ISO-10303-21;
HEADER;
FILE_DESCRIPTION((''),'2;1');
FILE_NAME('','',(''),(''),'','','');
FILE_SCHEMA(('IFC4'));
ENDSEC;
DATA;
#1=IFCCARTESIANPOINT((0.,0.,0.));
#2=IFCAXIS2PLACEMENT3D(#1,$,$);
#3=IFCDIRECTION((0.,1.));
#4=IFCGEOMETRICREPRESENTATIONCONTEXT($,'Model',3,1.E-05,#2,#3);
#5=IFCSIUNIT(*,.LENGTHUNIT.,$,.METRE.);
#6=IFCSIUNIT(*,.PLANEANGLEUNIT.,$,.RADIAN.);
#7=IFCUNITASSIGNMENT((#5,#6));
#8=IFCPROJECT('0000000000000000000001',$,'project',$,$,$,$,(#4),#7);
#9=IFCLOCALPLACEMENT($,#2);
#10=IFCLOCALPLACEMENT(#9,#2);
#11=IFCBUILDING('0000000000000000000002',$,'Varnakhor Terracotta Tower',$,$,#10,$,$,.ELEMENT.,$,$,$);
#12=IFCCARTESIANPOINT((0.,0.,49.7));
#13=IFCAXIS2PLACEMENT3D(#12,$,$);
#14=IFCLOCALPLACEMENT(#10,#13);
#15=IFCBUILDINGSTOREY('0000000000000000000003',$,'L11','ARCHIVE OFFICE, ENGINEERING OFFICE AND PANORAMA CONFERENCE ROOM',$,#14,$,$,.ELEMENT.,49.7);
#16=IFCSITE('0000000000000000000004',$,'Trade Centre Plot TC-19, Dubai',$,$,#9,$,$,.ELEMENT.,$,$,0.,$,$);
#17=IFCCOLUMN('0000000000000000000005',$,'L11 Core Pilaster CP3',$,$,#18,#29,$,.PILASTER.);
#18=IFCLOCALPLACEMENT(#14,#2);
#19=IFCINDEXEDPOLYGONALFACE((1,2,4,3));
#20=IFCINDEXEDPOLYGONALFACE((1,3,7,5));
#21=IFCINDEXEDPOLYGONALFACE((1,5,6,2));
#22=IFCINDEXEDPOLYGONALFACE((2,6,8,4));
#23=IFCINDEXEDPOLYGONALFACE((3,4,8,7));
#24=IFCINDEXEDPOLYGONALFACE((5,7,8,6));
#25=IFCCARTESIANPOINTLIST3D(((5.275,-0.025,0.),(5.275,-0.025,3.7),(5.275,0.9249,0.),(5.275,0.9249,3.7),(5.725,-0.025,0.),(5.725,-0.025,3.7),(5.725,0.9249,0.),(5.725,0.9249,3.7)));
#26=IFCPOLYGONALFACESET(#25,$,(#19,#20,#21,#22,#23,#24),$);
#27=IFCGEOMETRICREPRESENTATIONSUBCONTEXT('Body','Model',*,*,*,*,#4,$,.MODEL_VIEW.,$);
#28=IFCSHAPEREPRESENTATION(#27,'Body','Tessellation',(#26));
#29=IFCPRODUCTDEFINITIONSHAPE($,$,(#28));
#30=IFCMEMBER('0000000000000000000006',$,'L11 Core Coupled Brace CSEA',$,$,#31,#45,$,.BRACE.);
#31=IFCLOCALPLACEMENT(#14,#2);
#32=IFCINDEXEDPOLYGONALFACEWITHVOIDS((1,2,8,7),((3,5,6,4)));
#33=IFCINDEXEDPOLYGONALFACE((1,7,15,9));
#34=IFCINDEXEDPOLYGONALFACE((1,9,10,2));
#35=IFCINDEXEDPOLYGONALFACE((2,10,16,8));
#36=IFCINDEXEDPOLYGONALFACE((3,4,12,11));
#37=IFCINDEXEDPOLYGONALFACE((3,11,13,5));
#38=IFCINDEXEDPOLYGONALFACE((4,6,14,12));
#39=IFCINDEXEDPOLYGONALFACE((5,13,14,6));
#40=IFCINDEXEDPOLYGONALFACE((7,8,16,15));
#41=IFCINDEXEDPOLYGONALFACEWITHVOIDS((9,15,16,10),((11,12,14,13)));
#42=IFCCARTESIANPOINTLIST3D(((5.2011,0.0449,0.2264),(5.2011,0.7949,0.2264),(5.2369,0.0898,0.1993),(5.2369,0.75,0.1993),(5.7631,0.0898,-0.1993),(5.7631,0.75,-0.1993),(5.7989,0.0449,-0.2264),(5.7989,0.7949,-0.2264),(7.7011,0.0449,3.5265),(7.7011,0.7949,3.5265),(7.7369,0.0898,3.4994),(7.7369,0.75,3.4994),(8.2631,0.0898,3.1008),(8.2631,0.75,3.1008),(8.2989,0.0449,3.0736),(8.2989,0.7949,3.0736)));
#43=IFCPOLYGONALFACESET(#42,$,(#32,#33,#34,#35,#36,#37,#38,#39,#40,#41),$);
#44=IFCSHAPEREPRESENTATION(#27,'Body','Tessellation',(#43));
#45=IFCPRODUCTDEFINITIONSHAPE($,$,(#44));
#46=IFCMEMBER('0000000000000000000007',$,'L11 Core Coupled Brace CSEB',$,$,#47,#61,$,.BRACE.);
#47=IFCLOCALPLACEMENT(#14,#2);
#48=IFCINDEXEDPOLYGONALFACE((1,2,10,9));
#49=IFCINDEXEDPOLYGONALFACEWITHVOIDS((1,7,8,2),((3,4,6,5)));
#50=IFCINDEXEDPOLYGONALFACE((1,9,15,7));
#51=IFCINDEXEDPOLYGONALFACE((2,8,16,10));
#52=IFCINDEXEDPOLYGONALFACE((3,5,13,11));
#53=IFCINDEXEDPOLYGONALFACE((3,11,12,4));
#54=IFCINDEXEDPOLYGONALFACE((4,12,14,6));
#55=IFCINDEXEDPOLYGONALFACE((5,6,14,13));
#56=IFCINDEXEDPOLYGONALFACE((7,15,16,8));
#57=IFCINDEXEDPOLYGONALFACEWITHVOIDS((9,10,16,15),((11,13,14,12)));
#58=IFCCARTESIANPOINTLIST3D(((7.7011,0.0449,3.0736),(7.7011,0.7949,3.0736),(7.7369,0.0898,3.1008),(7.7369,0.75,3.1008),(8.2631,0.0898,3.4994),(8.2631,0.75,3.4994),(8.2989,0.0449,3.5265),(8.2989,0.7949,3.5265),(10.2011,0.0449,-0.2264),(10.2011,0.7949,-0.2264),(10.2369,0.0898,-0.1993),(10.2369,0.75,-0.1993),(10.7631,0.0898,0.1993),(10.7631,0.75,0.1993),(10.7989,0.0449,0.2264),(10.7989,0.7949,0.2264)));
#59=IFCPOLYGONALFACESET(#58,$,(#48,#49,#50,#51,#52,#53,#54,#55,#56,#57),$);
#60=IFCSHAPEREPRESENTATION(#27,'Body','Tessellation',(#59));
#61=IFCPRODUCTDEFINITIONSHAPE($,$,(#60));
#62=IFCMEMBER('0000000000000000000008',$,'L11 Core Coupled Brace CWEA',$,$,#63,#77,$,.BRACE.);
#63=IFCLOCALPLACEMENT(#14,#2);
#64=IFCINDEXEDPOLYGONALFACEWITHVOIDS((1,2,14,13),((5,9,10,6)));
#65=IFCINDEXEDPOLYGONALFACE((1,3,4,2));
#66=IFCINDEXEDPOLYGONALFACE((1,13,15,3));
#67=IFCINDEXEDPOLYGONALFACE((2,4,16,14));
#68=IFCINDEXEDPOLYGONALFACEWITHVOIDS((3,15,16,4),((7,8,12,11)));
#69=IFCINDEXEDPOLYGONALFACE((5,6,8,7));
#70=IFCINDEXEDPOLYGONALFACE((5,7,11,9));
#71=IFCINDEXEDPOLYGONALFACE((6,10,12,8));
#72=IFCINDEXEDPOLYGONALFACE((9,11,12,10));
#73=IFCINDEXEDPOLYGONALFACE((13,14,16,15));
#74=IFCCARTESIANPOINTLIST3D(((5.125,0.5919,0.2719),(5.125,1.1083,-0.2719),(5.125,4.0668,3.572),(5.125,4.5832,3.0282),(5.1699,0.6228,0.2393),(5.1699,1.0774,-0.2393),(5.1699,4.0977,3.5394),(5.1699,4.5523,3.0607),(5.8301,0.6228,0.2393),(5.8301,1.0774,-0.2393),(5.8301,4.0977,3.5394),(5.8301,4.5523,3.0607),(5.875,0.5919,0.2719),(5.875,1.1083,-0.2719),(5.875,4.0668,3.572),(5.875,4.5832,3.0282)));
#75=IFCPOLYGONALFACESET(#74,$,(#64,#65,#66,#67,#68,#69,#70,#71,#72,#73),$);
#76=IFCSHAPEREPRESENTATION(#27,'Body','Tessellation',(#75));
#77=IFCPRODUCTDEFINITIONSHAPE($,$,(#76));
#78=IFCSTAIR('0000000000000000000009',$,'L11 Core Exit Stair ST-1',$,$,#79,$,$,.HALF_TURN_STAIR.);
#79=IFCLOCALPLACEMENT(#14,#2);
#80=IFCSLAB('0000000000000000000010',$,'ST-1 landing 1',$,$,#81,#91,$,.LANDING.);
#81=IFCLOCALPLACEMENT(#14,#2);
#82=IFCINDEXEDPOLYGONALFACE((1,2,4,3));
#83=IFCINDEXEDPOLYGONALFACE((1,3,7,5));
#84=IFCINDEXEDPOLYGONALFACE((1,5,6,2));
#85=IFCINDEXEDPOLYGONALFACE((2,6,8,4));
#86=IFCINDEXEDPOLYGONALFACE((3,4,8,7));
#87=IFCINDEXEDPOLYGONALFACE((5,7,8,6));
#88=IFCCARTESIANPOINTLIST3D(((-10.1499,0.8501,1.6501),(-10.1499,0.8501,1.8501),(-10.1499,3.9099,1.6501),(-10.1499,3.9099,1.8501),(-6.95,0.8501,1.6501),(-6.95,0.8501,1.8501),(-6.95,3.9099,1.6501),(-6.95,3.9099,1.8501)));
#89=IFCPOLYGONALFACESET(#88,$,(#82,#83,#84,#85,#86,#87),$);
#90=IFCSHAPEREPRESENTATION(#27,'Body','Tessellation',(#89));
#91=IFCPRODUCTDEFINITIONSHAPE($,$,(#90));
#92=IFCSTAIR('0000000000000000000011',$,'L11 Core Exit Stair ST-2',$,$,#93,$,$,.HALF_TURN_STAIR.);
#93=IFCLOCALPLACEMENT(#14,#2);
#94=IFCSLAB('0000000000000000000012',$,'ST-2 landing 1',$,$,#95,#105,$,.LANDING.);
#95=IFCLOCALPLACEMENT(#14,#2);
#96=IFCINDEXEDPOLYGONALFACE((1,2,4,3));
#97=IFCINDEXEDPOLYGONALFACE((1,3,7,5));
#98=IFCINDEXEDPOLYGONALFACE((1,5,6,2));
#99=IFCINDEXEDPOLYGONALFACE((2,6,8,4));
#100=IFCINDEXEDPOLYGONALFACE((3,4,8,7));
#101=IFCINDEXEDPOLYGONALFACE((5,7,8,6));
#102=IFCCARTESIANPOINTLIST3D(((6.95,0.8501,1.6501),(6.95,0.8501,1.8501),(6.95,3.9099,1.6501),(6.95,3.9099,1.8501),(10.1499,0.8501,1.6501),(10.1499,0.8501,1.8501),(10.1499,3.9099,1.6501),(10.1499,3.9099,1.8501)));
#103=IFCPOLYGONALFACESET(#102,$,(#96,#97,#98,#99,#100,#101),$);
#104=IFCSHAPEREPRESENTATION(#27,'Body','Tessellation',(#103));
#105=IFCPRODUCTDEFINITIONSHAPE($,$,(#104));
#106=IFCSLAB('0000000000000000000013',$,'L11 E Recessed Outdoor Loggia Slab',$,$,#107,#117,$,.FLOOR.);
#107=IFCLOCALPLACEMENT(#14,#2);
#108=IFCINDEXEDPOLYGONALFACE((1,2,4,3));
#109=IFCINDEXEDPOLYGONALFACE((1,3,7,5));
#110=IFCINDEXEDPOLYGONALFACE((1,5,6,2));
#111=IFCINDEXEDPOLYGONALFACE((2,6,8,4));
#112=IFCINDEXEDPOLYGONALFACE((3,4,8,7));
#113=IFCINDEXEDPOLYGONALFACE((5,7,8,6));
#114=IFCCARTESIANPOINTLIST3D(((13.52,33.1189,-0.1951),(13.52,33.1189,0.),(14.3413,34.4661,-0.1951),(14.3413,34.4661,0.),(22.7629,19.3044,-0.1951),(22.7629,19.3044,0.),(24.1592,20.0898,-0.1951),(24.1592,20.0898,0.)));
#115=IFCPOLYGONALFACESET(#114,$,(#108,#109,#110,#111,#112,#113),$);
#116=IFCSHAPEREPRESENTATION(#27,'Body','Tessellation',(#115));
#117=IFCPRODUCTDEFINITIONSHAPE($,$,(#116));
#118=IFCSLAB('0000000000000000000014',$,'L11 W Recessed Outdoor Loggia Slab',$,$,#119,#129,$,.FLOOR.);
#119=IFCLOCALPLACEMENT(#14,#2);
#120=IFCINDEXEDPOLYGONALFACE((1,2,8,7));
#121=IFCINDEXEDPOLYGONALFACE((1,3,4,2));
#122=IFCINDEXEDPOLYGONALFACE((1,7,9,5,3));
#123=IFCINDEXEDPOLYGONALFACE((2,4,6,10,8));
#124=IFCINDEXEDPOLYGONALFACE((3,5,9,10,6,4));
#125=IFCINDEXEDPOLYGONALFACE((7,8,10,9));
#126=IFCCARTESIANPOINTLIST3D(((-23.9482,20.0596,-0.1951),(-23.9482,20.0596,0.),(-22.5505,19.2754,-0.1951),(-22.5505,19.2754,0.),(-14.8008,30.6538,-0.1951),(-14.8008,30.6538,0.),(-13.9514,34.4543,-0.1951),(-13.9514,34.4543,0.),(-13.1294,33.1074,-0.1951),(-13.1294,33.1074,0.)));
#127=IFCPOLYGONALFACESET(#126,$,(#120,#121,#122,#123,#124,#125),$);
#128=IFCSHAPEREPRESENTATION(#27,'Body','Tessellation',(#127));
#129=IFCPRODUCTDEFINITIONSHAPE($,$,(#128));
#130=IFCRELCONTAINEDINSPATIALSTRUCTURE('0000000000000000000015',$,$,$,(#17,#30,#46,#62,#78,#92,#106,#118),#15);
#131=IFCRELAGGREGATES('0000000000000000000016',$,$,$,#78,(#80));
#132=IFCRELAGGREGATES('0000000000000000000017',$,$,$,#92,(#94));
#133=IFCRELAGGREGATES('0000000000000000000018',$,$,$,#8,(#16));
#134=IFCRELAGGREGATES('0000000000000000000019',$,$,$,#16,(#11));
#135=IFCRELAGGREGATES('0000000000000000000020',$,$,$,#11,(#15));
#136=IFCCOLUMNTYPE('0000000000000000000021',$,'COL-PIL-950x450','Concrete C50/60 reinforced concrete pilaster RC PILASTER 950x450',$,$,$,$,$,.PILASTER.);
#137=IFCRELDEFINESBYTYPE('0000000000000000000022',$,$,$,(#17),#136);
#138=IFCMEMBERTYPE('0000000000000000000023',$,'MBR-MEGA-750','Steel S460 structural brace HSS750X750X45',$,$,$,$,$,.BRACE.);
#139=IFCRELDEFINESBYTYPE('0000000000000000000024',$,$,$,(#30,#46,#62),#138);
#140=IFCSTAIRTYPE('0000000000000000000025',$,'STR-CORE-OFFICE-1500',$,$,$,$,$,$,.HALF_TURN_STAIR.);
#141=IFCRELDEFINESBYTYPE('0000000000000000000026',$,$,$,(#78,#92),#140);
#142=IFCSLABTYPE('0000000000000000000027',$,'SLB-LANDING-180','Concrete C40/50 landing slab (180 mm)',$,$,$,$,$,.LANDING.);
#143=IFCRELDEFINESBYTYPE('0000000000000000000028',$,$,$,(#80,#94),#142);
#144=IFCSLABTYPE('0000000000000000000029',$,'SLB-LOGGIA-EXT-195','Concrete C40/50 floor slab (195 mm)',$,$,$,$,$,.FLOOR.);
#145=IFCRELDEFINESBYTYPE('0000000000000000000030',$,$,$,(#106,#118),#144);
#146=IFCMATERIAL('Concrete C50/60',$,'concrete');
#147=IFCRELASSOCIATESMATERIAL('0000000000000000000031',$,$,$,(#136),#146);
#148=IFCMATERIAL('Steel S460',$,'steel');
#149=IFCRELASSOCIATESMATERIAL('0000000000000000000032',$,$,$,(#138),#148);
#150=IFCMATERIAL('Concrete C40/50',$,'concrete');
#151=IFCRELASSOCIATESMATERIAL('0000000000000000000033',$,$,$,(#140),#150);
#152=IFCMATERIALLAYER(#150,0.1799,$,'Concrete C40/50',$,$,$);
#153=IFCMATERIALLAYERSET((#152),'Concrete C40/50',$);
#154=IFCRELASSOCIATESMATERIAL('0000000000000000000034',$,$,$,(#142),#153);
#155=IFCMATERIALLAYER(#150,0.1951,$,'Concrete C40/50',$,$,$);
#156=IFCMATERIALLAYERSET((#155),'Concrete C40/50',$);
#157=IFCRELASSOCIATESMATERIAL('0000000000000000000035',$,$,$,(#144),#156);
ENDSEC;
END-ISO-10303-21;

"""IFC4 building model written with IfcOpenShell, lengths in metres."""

from ifc_helpers import new_model, si_unit, direction, frame, origin, origin_2d, place, context, subcontext, project, spatial, polyline, rectangle, hollow_rectangle, outline, extrude, source, transform, mapped, material, layer, layer_set, material_profile, profile_set, type_object, type_shapes, element, aggregate, save


model = new_model("IFC4")

# Units and contexts
model_context = context("Model", 3, precision=1e-05, world=origin(), true_north=direction((0.0, 1.0)))
body_context = subcontext(model_context, "Body", "Model", "MODEL_VIEW")
ifc_project = project(units=[si_unit("LENGTHUNIT", "METRE"), si_unit("PLANEANGLEUNIT", "RADIAN")], contexts=[model_context])

# Site, building, storey
site_placement = place(None, origin())
site = spatial("IfcSite", under=ifc_project, at=site_placement, Name="Trade Centre Plot TC-19, Dubai", CompositionType="ELEMENT", RefElevation=0.0)
building_placement = place(site_placement, origin())
building = spatial("IfcBuilding", under=site, at=building_placement, Name="Varnakhor Terracotta Tower", CompositionType="ELEMENT")
storey_placement = place(building_placement, frame((0.0, 0.0, 49.7)))
storey = spatial("IfcBuildingStorey", under=building, at=storey_placement, Name="L11", Description="ARCHIVE OFFICE, ENGINEERING OFFICE AND PANORAMA CONFERENCE ROOM", CompositionType="ELEMENT", Elevation=49.7)

# Column
ifc_material_1 = material(Name="Concrete C50/60", Category="concrete")
ifc_material_profile_1 = material_profile(ifc_material_1, rectangle(XDim=0.45, YDim=0.95, at=origin_2d()), Name="RC PILASTER 950x450")
ifc_profile_set_1 = profile_set([ifc_material_profile_1], Name="Concrete C50/60")
column_type = type_object("IfcColumnType", Name="COL-PIL-950x450", Description="Concrete C50/60 reinforced concrete pilaster RC PILASTER 950x450", PredefinedType="PILASTER", material=ifc_profile_set_1)
shared_shape_1 = source(origin(), body_context, "Body", "SweptSolid", [
    extrude(rectangle(XDim=0.45, YDim=0.95, at=origin_2d()), origin(), (0.0, 0.0, 1.0), 3.7),
])
column_placement = place(storey_placement, frame((5.5, 0.45, 0.0), z_axis=(0.0, 0.0, 1.0), x_axis=(1.0, 0.0, 0.0)))
element("IfcColumn", 1, at=column_placement, inside=storey, type_object=column_type, Name="L11 Core Pilaster CP3", PredefinedType="PILASTER", context=body_context, shape_type="MappedRepresentation", body=[
    mapped(shared_shape_1, transform((0.0, 0.0, 0.0), scale=1.0)),
])

# Members
ifc_material_2 = material(Name="Steel S460", Category="steel")
ifc_material_profile_2 = material_profile(ifc_material_2, hollow_rectangle(XDim=0.75, YDim=0.75, WallThickness=0.0449, at=origin_2d()), Name="HSS750X750X45")
ifc_profile_set_2 = profile_set([ifc_material_profile_2], Name="Steel S460")
member_type = type_object("IfcMemberType", Name="MBR-MEGA-750", Description="Steel S460 structural brace HSS750X750X45", PredefinedType="BRACE", material=ifc_profile_set_2)
shared_shape_2 = source(origin(), body_context, "Body", "SweptSolid", [
    extrude(hollow_rectangle(XDim=0.75, YDim=0.75, WallThickness=0.0449, at=origin_2d()), origin(), (0.0, 0.0, 1.0), 4.1401),
])
type_shapes(member_type, [shared_shape_2])
for number, where, z_axis, x_axis, name in (
    (2, (5.5, 0.4199, 0.0), (0.603852, 0.0, 0.797096), (0.0, 1.0, 0.0), "L11 Core Coupled Brace CSEA"),
    (3, (10.5, 0.4199, 0.0), (-0.603852, 0.0, 0.797096), (0.0, -1.0, 0.0), "L11 Core Coupled Brace CSEB"),
):
    element("IfcMember", number, at=place(storey_placement, frame(where, z_axis=z_axis, x_axis=x_axis)), inside=storey, type_object=member_type, Name=name, PredefinedType="BRACE", context=body_context, shape_type="MappedRepresentation", body=[
        mapped(shared_shape_2, transform((0.0, 0.0, 0.0), scale=1.0)),
    ])
shared_shape_3 = source(origin(), body_context, "Body", "SweptSolid", [
    extrude(hollow_rectangle(XDim=0.75, YDim=0.75, WallThickness=0.0449, at=origin_2d()), origin(), (0.0, 0.0, 1.0), 4.7922),
])
member_placement = place(storey_placement, frame((5.5, 0.8501, 0.0), z_axis=(0.0, 0.72511, 0.688633), x_axis=(-1.0, 0.0, 0.0)))
element("IfcMember", 4, at=member_placement, inside=storey, type_object=member_type, Name="L11 Core Coupled Brace CWEA", PredefinedType="BRACE", context=body_context, shape_type="MappedRepresentation", body=[
    mapped(shared_shape_3, transform((0.0, 0.0, 0.0), scale=1.0)),
])

# Stairs, slabs
ifc_material_3 = material(Name="Concrete C40/50", Category="concrete")
stair_type = type_object("IfcStairType", Name="STR-CORE-OFFICE-1500", PredefinedType="HALF_TURN_STAIR", material=ifc_material_3)
stair_1_placement = place(storey_placement, origin())
stair_1 = element("IfcStair", 5, at=stair_1_placement, inside=storey, type_object=stair_type, Name="L11 Core Exit Stair ST-1", PredefinedType="HALF_TURN_STAIR")
ifc_layer_1 = layer(ifc_material_3, 0.1799, Name="Concrete C40/50")
ifc_layer_set_1 = layer_set([ifc_layer_1], Name="Concrete C40/50")
slab_type_1 = type_object("IfcSlabType", Name="SLB-LANDING-180", Description="Concrete C40/50 landing slab (180 mm)", PredefinedType="LANDING", material=ifc_layer_set_1)
slab_1_placement = place(storey_placement, frame((0.0, 0.0, 1.6501)))
slab_1 = element("IfcSlab", 6, at=slab_1_placement, type_object=slab_type_1, Name="ST-1 landing 1", PredefinedType="LANDING", context=body_context, shape_type="SweptSolid", body=[
    extrude(outline(polyline([(-10.1499, 3.9099), (-10.1499, 0.8501), (-6.95, 0.8501), (-6.95, 3.9099), (-10.1499, 3.9099)])), origin(), (0.0, 0.0, 1.0), 0.2),
])
aggregate(stair_1, [slab_1])
stair_2_placement = place(storey_placement, origin())
stair_2 = element("IfcStair", 7, at=stair_2_placement, inside=storey, type_object=stair_type, Name="L11 Core Exit Stair ST-2", PredefinedType="HALF_TURN_STAIR")
slab_2_placement = place(storey_placement, frame((0.0, 0.0, 1.6501)))
slab_2 = element("IfcSlab", 8, at=slab_2_placement, type_object=slab_type_1, Name="ST-2 landing 1", PredefinedType="LANDING", context=body_context, shape_type="SweptSolid", body=[
    extrude(outline(polyline([(6.95, 3.9099), (6.95, 0.8501), (10.1499, 0.8501), (10.1499, 3.9099), (6.95, 3.9099)])), origin(), (0.0, 0.0, 1.0), 0.2),
])
aggregate(stair_2, [slab_2])

# Slabs
ifc_layer_2 = layer(ifc_material_3, 0.1951, Name="Concrete C40/50")
ifc_layer_set_2 = layer_set([ifc_layer_2], Name="Concrete C40/50")
slab_type_2 = type_object("IfcSlabType", Name="SLB-LOGGIA-EXT-195", Description="Concrete C40/50 floor slab (195 mm)", PredefinedType="FLOOR", material=ifc_layer_set_2)
slab_3_placement = place(storey_placement, frame((0.0, 0.0, -0.1951)))
element("IfcSlab", 9, at=slab_3_placement, inside=storey, type_object=slab_type_2, Name="L11 E Recessed Outdoor Loggia Slab", PredefinedType="FLOOR", context=body_context, shape_type="SweptSolid", body=[
    extrude(outline(polyline([(14.3413, 34.4661), (24.1592, 20.0898), (22.7629, 19.3044), (13.52, 33.1189), (14.3413, 34.4661)])), origin(), (0.0, 0.0, 1.0), 0.1951),
])
slab_4_placement = place(storey_placement, frame((0.0, 0.0, -0.1951)))
element("IfcSlab", 10, at=slab_4_placement, inside=storey, type_object=slab_type_2, Name="L11 W Recessed Outdoor Loggia Slab", PredefinedType="FLOOR", context=body_context, shape_type="SweptSolid", body=[
    extrude(outline(polyline([(-23.9482, 20.0596), (-13.9514, 34.4543), (-13.1294, 33.1074), (-14.8008, 30.6538), (-22.5505, 19.2754), (-23.9482, 20.0596)])), origin(), (0.0, 0.0, 1.0), 0.1951),
])

save(model, "model.ifc")
